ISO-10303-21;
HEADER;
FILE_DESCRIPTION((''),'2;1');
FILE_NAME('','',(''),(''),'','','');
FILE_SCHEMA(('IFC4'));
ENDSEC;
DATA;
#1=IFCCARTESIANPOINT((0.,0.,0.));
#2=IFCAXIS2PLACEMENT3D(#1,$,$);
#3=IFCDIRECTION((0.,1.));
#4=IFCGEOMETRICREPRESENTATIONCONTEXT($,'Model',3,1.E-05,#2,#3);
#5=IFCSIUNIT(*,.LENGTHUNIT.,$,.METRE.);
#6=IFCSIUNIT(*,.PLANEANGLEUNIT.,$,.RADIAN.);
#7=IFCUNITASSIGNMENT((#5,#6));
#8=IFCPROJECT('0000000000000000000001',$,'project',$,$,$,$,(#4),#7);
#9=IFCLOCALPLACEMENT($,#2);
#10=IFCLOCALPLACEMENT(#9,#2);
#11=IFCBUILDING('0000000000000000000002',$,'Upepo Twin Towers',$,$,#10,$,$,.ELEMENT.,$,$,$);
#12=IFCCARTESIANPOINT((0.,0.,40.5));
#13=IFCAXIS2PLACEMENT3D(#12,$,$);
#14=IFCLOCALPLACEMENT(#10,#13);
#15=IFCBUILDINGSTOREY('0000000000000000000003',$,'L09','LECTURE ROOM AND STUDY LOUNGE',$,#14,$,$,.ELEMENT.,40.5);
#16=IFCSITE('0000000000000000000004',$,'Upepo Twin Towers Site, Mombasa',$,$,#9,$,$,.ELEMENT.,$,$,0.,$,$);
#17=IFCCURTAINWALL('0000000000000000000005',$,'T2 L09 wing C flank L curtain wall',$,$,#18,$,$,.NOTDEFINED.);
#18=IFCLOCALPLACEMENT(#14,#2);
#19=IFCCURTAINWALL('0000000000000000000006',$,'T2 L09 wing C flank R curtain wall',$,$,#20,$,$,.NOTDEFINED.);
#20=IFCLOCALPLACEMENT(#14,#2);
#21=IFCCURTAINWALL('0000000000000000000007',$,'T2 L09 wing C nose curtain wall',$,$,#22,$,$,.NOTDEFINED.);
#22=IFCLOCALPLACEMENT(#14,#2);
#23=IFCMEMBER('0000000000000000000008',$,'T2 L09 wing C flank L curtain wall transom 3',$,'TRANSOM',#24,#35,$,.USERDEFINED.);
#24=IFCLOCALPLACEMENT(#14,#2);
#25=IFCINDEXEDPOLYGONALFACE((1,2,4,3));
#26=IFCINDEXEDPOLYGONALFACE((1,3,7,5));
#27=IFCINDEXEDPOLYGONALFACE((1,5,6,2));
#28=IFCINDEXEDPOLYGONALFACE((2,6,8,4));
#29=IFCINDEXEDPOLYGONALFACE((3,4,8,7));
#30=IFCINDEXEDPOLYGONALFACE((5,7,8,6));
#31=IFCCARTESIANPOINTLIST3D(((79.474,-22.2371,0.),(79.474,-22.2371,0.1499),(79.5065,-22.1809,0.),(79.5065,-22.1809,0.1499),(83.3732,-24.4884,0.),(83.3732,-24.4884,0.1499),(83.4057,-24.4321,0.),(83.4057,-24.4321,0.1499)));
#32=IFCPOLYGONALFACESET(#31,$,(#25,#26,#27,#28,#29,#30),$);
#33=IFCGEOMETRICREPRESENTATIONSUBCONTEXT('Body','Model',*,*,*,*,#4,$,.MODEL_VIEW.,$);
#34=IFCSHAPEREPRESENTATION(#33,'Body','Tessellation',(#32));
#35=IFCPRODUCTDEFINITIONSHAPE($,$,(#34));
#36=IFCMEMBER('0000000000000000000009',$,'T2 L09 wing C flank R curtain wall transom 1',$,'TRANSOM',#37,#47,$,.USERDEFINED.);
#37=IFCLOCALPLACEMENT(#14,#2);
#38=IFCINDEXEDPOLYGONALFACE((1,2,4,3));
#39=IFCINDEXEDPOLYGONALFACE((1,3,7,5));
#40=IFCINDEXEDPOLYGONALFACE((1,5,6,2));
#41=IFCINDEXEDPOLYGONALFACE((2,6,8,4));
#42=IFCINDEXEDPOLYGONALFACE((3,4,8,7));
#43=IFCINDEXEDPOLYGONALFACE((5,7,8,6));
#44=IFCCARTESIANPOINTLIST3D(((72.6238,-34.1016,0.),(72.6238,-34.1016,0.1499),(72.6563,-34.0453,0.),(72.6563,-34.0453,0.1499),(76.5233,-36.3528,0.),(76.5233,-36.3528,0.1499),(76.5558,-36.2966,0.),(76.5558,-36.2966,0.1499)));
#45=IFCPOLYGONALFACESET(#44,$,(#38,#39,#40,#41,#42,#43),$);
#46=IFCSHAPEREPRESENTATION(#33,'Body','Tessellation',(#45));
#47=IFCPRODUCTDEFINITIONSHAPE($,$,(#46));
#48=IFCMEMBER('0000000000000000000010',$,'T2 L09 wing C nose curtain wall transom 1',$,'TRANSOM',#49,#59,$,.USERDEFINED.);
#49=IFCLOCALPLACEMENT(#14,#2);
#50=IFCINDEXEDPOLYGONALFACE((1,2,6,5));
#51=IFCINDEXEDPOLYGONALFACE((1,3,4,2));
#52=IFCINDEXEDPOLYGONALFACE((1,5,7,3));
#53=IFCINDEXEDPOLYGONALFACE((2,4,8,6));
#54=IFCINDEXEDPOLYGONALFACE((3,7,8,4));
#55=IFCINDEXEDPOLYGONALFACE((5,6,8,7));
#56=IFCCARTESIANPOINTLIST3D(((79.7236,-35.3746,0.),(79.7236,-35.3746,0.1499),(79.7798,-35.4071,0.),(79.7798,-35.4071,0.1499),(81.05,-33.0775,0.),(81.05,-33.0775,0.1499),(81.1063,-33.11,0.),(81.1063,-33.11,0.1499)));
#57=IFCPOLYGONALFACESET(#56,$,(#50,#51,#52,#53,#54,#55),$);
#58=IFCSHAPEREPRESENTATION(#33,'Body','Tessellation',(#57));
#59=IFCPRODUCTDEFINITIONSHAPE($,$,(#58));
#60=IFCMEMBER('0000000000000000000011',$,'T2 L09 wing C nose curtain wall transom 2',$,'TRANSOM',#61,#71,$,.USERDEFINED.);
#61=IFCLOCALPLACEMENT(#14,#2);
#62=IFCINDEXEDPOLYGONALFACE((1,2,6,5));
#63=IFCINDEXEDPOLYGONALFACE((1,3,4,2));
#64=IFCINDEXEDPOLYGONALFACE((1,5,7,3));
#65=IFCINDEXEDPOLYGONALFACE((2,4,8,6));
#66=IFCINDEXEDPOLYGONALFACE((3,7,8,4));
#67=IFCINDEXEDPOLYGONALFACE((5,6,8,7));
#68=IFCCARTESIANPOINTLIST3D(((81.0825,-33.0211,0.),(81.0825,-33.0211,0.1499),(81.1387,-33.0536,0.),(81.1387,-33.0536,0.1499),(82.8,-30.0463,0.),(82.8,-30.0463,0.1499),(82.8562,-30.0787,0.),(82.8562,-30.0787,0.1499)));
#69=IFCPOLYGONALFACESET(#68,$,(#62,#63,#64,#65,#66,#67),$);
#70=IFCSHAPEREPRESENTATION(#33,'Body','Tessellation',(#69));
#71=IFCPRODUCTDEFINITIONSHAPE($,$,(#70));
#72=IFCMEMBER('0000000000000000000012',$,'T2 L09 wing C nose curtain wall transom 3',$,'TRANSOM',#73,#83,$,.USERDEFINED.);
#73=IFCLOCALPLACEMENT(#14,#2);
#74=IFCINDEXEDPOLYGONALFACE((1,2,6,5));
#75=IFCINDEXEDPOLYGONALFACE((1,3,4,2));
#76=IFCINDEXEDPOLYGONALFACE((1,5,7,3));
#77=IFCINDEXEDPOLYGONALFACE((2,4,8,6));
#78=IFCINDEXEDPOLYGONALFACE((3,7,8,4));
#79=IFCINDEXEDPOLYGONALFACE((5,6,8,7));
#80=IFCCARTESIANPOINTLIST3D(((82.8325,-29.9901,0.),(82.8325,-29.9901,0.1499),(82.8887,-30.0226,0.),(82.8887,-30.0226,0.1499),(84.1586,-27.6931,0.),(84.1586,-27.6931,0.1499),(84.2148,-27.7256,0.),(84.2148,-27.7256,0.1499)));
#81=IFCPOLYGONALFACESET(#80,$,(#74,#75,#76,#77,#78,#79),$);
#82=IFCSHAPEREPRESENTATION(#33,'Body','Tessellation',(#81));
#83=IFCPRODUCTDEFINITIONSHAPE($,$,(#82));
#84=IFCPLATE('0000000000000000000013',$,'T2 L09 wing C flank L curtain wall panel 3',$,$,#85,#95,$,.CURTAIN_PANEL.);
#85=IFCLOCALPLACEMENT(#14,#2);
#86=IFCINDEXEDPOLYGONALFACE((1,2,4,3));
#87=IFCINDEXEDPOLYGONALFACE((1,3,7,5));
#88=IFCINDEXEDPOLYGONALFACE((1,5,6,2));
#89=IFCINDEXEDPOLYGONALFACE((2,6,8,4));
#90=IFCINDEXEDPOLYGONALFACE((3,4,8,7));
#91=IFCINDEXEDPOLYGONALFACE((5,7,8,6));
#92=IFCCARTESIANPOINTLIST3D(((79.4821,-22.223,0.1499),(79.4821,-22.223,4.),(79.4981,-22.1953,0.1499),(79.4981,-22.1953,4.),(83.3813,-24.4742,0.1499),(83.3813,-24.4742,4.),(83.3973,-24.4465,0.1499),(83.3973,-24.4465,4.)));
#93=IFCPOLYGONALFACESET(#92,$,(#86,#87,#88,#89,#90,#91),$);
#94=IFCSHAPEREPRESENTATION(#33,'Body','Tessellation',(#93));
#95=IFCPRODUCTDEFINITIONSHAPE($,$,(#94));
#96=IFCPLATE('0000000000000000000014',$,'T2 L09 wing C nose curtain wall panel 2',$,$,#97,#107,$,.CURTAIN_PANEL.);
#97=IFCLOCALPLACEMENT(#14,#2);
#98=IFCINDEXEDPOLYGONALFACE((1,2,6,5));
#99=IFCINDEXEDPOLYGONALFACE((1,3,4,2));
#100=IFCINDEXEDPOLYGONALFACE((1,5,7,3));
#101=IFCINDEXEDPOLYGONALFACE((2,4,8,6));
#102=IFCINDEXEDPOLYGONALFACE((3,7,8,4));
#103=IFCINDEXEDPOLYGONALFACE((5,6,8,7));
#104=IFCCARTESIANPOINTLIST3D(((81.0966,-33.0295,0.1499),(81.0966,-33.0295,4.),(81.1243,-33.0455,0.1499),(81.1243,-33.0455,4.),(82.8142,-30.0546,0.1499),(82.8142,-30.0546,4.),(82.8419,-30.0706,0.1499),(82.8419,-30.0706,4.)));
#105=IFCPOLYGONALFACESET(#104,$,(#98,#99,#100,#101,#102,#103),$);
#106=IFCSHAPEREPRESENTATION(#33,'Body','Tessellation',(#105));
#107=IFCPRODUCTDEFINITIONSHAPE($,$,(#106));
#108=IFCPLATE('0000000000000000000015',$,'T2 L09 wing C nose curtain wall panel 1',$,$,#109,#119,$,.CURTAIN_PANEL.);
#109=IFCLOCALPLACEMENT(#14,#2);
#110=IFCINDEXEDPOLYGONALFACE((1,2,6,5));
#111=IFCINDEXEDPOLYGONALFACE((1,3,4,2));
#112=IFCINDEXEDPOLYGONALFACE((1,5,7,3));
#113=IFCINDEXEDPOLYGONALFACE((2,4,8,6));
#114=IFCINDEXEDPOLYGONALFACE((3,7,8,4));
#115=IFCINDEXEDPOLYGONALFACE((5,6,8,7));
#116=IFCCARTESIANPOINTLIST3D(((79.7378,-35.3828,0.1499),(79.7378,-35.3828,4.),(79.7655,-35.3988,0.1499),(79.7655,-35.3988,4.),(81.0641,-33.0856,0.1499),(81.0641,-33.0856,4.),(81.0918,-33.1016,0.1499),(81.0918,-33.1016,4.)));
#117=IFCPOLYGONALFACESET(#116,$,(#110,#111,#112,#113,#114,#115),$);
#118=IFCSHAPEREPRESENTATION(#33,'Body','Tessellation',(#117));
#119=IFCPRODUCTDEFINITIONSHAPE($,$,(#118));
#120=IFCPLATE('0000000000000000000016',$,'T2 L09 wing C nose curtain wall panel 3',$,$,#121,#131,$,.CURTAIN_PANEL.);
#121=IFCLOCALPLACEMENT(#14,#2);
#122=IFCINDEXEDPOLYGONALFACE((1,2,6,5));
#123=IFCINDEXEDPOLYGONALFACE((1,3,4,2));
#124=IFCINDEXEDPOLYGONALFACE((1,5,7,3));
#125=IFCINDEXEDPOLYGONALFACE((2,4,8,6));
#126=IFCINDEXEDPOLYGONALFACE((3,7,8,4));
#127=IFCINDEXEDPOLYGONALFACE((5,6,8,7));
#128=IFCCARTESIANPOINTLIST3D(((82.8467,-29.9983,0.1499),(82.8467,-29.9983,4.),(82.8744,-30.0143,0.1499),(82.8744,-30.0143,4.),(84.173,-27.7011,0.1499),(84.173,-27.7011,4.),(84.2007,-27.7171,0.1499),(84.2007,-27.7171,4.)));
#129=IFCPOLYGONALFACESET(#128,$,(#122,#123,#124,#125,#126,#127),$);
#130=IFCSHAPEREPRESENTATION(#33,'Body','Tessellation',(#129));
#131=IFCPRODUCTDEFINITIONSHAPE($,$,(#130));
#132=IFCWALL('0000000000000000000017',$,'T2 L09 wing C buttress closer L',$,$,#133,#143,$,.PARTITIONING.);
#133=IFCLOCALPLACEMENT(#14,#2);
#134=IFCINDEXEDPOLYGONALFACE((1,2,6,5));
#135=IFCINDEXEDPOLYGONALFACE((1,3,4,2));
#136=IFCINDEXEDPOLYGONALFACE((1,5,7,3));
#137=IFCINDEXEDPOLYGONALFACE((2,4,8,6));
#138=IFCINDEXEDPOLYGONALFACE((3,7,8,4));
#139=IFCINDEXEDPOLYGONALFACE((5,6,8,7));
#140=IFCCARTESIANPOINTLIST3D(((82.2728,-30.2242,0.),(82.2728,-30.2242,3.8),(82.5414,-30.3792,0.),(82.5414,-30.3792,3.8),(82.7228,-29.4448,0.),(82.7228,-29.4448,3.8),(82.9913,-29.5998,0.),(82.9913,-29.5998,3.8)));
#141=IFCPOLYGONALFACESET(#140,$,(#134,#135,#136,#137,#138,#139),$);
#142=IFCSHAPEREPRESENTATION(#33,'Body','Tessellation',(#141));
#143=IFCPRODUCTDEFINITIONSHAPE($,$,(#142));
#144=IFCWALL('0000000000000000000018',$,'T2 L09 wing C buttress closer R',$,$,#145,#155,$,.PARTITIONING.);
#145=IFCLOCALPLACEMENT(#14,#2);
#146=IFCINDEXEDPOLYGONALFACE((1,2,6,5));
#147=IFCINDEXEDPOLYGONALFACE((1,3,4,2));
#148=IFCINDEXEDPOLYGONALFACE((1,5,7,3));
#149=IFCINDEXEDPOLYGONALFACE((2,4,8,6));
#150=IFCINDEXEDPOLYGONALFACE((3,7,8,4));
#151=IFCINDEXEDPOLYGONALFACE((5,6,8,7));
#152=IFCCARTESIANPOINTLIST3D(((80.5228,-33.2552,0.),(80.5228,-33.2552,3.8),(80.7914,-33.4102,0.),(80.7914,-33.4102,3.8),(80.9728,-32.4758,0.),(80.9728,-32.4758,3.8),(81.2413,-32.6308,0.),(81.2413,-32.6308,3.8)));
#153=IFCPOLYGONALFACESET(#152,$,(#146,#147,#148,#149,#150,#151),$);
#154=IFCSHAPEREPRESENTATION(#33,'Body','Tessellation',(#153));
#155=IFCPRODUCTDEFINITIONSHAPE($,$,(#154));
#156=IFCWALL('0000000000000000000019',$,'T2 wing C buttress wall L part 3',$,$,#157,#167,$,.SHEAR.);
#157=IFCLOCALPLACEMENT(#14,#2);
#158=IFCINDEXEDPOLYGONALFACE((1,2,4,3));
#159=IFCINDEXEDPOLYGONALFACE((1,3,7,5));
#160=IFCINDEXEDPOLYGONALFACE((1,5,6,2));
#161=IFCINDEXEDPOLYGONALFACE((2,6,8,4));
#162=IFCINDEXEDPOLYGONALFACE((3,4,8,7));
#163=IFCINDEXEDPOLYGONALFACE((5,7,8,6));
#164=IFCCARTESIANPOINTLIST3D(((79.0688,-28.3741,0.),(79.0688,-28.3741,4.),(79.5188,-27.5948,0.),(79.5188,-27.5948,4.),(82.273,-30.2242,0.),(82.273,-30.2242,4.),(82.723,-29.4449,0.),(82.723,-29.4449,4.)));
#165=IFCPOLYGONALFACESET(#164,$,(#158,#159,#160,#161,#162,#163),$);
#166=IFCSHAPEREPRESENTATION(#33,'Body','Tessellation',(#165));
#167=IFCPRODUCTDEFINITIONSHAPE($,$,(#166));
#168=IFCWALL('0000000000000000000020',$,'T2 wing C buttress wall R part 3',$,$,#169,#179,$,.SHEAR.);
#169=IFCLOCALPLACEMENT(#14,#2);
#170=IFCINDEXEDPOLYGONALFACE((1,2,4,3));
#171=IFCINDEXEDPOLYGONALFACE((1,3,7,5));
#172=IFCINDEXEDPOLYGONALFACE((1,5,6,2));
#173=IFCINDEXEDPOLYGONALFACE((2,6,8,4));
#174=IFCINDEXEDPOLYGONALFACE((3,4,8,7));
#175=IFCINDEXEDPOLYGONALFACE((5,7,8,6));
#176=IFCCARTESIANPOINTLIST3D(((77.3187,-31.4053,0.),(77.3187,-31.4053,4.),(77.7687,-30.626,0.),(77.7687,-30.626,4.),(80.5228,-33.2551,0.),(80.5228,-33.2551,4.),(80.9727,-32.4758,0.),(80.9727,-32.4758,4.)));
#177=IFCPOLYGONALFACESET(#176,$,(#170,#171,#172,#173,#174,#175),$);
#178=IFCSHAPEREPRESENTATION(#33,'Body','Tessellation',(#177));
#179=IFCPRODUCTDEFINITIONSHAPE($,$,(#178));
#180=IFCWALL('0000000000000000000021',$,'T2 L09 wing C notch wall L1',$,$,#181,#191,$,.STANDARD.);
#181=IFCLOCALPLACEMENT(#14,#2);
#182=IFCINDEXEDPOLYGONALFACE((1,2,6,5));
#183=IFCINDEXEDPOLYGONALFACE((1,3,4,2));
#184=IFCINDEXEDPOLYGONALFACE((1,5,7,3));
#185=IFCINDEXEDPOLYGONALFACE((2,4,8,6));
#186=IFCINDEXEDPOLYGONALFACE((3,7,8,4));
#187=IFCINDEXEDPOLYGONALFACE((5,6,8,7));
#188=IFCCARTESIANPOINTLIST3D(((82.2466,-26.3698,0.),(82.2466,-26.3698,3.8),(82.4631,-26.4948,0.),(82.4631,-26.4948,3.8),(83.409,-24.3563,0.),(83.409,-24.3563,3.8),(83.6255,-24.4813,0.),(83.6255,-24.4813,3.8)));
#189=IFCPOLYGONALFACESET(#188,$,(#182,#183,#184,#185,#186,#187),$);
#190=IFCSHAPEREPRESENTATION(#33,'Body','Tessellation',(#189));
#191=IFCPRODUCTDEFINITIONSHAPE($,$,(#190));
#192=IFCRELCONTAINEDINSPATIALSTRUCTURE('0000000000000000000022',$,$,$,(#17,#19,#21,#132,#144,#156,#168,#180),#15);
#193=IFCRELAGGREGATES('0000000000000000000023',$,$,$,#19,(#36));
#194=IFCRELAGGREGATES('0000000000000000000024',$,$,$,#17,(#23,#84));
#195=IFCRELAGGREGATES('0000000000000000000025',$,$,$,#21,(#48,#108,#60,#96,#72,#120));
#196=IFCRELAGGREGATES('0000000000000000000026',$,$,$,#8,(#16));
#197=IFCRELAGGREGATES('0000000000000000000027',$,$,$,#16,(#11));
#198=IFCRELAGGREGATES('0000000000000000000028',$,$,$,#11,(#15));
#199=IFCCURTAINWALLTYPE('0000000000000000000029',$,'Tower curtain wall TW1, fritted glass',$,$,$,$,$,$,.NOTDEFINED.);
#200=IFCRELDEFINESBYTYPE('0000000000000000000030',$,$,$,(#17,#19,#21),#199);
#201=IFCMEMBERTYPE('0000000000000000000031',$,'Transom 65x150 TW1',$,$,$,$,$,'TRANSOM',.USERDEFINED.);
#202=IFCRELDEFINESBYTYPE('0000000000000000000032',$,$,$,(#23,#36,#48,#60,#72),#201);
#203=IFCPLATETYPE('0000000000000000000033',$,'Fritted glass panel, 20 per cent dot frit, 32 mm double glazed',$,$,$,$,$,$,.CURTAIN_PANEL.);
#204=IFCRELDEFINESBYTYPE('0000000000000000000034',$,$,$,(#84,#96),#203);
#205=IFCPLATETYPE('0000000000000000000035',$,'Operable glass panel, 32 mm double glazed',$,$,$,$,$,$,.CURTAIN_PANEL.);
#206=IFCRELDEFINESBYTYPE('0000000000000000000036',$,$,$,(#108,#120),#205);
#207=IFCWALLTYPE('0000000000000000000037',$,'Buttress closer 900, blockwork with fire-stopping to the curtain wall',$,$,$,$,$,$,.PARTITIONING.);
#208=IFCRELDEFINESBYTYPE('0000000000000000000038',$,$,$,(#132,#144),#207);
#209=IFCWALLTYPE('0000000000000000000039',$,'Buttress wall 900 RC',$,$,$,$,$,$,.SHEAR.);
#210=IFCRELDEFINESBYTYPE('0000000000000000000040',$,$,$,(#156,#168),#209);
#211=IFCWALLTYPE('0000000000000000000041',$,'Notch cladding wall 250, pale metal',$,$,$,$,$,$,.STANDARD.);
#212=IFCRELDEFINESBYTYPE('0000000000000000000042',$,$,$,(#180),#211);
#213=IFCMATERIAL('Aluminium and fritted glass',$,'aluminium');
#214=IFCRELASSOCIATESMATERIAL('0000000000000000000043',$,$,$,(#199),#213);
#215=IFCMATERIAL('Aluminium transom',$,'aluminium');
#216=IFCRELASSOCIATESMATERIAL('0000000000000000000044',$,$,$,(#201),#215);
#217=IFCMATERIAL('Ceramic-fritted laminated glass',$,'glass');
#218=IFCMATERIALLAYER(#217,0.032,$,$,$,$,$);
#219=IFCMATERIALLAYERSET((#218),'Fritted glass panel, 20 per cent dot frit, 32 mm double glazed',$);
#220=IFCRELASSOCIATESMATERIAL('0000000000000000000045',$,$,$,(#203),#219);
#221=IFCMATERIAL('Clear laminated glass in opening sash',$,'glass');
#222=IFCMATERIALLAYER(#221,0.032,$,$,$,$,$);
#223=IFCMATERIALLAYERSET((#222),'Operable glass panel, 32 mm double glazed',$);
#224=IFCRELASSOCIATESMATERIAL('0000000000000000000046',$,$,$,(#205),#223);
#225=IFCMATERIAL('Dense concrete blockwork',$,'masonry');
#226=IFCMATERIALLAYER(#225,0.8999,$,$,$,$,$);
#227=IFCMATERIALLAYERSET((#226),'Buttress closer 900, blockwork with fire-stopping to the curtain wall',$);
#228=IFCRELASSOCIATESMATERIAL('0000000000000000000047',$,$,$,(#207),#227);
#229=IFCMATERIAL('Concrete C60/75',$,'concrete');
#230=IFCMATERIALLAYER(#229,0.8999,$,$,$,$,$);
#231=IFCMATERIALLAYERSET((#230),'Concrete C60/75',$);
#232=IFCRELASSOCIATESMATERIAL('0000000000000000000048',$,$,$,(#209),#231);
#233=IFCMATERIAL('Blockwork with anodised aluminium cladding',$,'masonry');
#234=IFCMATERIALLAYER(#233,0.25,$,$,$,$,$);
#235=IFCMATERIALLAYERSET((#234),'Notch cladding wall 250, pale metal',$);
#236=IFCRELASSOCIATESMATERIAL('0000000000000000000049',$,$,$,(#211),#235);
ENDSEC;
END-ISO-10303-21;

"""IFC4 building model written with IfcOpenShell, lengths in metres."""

from ifc_helpers import new_model, si_unit, direction, frame, frame_2d, origin, origin_2d, place, context, subcontext, project, spatial, rectangle, extrude, material, layer, layer_set, material_profile, profile_set, type_object, element, aggregate, save


model = new_model("IFC4")

# Units and contexts
model_context = context("Model", 3, precision=1e-05, world=origin(), true_north=direction((0.0, 1.0)))
body_context = subcontext(model_context, "Body", "Model", "MODEL_VIEW")
ifc_project = project(units=[si_unit("LENGTHUNIT", "METRE"), si_unit("PLANEANGLEUNIT", "RADIAN")], contexts=[model_context])

# Site, building, storey
site_placement = place(None, origin())
site = spatial("IfcSite", under=ifc_project, at=site_placement, Name="Upepo Twin Towers Site, Mombasa", CompositionType="ELEMENT", RefElevation=0.0)
building_placement = place(site_placement, origin())
building = spatial("IfcBuilding", under=site, at=building_placement, Name="Upepo Twin Towers", CompositionType="ELEMENT")
storey_placement = place(building_placement, frame((0.0, 0.0, 40.5)))
storey = spatial("IfcBuildingStorey", under=building, at=storey_placement, Name="L09", Description="LECTURE ROOM AND STUDY LOUNGE", CompositionType="ELEMENT", Elevation=40.5)

# Curtain wall
ifc_material_1 = material(Name="Aluminium and fritted glass", Category="aluminium")
curtain_wall_type = type_object("IfcCurtainWallType", Name="Tower curtain wall TW1, fritted glass", PredefinedType="NOTDEFINED", material=ifc_material_1)
curtain_wall_1_placement = place(storey_placement, origin())
curtain_wall_1 = element("IfcCurtainWall", 1, at=curtain_wall_1_placement, inside=storey, type_object=curtain_wall_type, Name="T2 L09 wing C flank L curtain wall", PredefinedType="NOTDEFINED")

# Curtain wall
curtain_wall_2_placement = place(storey_placement, origin())
curtain_wall_2 = element("IfcCurtainWall", 2, at=curtain_wall_2_placement, inside=storey, type_object=curtain_wall_type, Name="T2 L09 wing C flank R curtain wall", PredefinedType="NOTDEFINED")

# Curtain wall
curtain_wall_3_placement = place(storey_placement, origin())
curtain_wall_3 = element("IfcCurtainWall", 3, at=curtain_wall_3_placement, inside=storey, type_object=curtain_wall_type, Name="T2 L09 wing C nose curtain wall", PredefinedType="NOTDEFINED")

# Members
ifc_material_2 = material(Name="Aluminium transom", Category="aluminium")
ifc_material_profile_1 = material_profile(ifc_material_2, rectangle(XDim=0.0649, YDim=0.1499, at=origin_2d()), Name="TRANSOM 65x150")
ifc_profile_set_1 = profile_set([ifc_material_profile_1], Name="Aluminium transom")
member_type_1 = type_object("IfcMemberType", Name="Transom 65x150 TW1", ElementType="TRANSOM", PredefinedType="USERDEFINED", material=ifc_profile_set_1)
member_1_placement = place(storey_placement, frame((79.4902, -22.209, 0.075), z_axis=(0.866022, -0.500006, 0.0), x_axis=(0.500006, 0.866022, 0.0)))
member_1 = element("IfcMember", 4, at=member_1_placement, type_object=member_type_1, Name="T2 L09 wing C flank L curtain wall transom 3", ObjectType="TRANSOM", PredefinedType="USERDEFINED", context=body_context, shape_type="SweptSolid", body=[
    extrude(rectangle(XDim=0.0649, YDim=0.1499, at=origin_2d()), origin(), (0.0, 0.0, 1.0), 4.5024),
])
member_2_placement = place(storey_placement, frame((76.5396, -36.3247, 0.075), z_axis=(-0.866036, 0.499982, 0.0), x_axis=(-0.499982, -0.866036, 0.0)))
member_2 = element("IfcMember", 5, at=member_2_placement, type_object=member_type_1, Name="T2 L09 wing C flank R curtain wall transom 1", ObjectType="TRANSOM", PredefinedType="USERDEFINED", context=body_context, shape_type="SweptSolid", body=[
    extrude(rectangle(XDim=0.0649, YDim=0.1499, at=origin_2d()), origin(), (0.0, 0.0, 1.0), 4.5027),
])
aggregate(curtain_wall_2, [member_2])
member_3_placement = place(storey_placement, frame((79.7517, -35.3909, 0.075), z_axis=(0.500049, 0.865997, 0.0), x_axis=(-0.865997, 0.500049, 0.0)))
member_3 = element("IfcMember", 6, at=member_3_placement, type_object=member_type_1, Name="T2 L09 wing C nose curtain wall transom 1", ObjectType="TRANSOM", PredefinedType="USERDEFINED", context=body_context, shape_type="SweptSolid", body=[
    extrude(rectangle(XDim=0.0649, YDim=0.1499, at=origin_2d()), origin(), (0.0, 0.0, 1.0), 2.6526),
])
member_4_placement = place(storey_placement, frame((81.1106, -33.0374, 0.075), z_axis=(0.499999, 0.866026, 0.0), x_axis=(-0.866026, 0.499999, 0.0)))
member_4 = element("IfcMember", 7, at=member_4_placement, type_object=member_type_1, Name="T2 L09 wing C nose curtain wall transom 2", ObjectType="TRANSOM", PredefinedType="USERDEFINED", context=body_context, shape_type="SweptSolid", body=[
    extrude(rectangle(XDim=0.0649, YDim=0.1499, at=origin_2d()), origin(), (0.0, 0.0, 1.0), 3.4351),
])
member_5_placement = place(storey_placement, frame((82.8606, -30.0063, 0.075), z_axis=(0.49998, 0.866037, 0.0), x_axis=(-0.866037, 0.49998, 0.0)))
member_5 = element("IfcMember", 8, at=member_5_placement, type_object=member_type_1, Name="T2 L09 wing C nose curtain wall transom 3", ObjectType="TRANSOM", PredefinedType="USERDEFINED", context=body_context, shape_type="SweptSolid", body=[
    extrude(rectangle(XDim=0.0649, YDim=0.1499, at=origin_2d()), origin(), (0.0, 0.0, 1.0), 2.6523),
])

# Plates
ifc_material_3 = material(Name="Ceramic-fritted laminated glass", Category="glass")
ifc_layer_1 = layer(ifc_material_3, 0.032)
ifc_layer_set_1 = layer_set([ifc_layer_1], Name="Fritted glass panel, 20 per cent dot frit, 32 mm double glazed")
plate_type_1 = type_object("IfcPlateType", Name="Fritted glass panel, 20 per cent dot frit, 32 mm double glazed", PredefinedType="CURTAIN_PANEL", material=ifc_layer_set_1)
plate_1_placement = place(storey_placement, frame((81.4397, -23.3347, 0.1499), z_axis=(0.0, 0.0, 1.0), x_axis=(0.866025, -0.5, 0.0)))
plate_1 = element("IfcPlate", 9, at=plate_1_placement, type_object=plate_type_1, Name="T2 L09 wing C flank L curtain wall panel 3", PredefinedType="CURTAIN_PANEL", context=body_context, shape_type="SweptSolid", body=[
    extrude(rectangle(XDim=4.5024, YDim=0.032, at=origin_2d()), origin(), (0.0, 0.0, 1.0), 3.8501),
])
aggregate(curtain_wall_1, [member_1, plate_1])
plate_2_placement = place(storey_placement, frame((81.9692, -31.55, 0.1499), z_axis=(0.0, 0.0, 1.0), x_axis=(0.5, 0.866025, 0.0)))
plate_2 = element("IfcPlate", 10, at=plate_2_placement, type_object=plate_type_1, Name="T2 L09 wing C nose curtain wall panel 2", PredefinedType="CURTAIN_PANEL", context=body_context, shape_type="SweptSolid", body=[
    extrude(rectangle(XDim=3.4351, YDim=0.032, at=origin_2d()), origin(), (0.0, 0.0, 1.0), 3.8501),
])
ifc_material_4 = material(Name="Clear laminated glass in opening sash", Category="glass")
ifc_layer_2 = layer(ifc_material_4, 0.032)
ifc_layer_set_2 = layer_set([ifc_layer_2], Name="Operable glass panel, 32 mm double glazed")
plate_type_2 = type_object("IfcPlateType", Name="Operable glass panel, 32 mm double glazed", PredefinedType="CURTAIN_PANEL", material=ifc_layer_set_2)
plate_3_placement = place(storey_placement, frame((80.4148, -34.2422, 0.1499), z_axis=(0.0, 0.0, 1.0), x_axis=(0.5, 0.866025, 0.0)))
plate_3 = element("IfcPlate", 11, at=plate_3_placement, type_object=plate_type_2, Name="T2 L09 wing C nose curtain wall panel 1", PredefinedType="CURTAIN_PANEL", context=body_context, shape_type="SweptSolid", body=[
    extrude(rectangle(XDim=2.6526, YDim=0.032, at=origin_2d()), origin(), (0.0, 0.0, 1.0), 3.8501),
])
plate_4_placement = place(storey_placement, frame((83.5237, -28.8577, 0.1499), z_axis=(0.0, 0.0, 1.0), x_axis=(0.5, 0.866025, 0.0)))
plate_4 = element("IfcPlate", 12, at=plate_4_placement, type_object=plate_type_2, Name="T2 L09 wing C nose curtain wall panel 3", PredefinedType="CURTAIN_PANEL", context=body_context, shape_type="SweptSolid", body=[
    extrude(rectangle(XDim=2.6526, YDim=0.032, at=origin_2d()), origin(), (0.0, 0.0, 1.0), 3.8501),
])
aggregate(curtain_wall_3, [member_3, plate_3, member_4, plate_2, member_5, plate_4])

# Walls
ifc_material_5 = material(Name="Dense concrete blockwork", Category="masonry")
ifc_layer_3 = layer(ifc_material_5, 0.8999)
ifc_layer_set_3 = layer_set([ifc_layer_3], Name="Buttress closer 900, blockwork with fire-stopping to the curtain wall")
wall_type_1 = type_object("IfcWallType", Name="Buttress closer 900, blockwork with fire-stopping to the curtain wall", PredefinedType="PARTITIONING", material=ifc_layer_set_3)
for number, where, z_axis, x_axis, name in (
    (13, (82.4978, -29.8345, 0.0), (0.0, 0.0, 1.0), (0.866054, -0.49995, 0.0), "T2 L09 wing C buttress closer L"),
    (14, (80.7478, -32.8655, 0.0), (0.0, 0.0, 1.0), (0.866054, -0.49995, 0.0), "T2 L09 wing C buttress closer R"),
):
    element("IfcWall", number, at=place(storey_placement, frame(where, z_axis=z_axis, x_axis=x_axis)), inside=storey, type_object=wall_type_1, Name=name, PredefinedType="PARTITIONING", context=body_context, shape_type="SweptSolid", body=[
        extrude(rectangle(XDim=0.3101, YDim=0.8999, at=frame_2d((0.155, 0.0))), origin(), (0.0, 0.0, 1.0), 3.8),
    ])
ifc_material_6 = material(Name="Concrete C60/75", Category="concrete")
ifc_layer_4 = layer(ifc_material_6, 0.8999)
ifc_layer_set_4 = layer_set([ifc_layer_4], Name="Concrete C60/75")
wall_type_2 = type_object("IfcWallType", Name="Buttress wall 900 RC", PredefinedType="SHEAR", material=ifc_layer_set_4)
wall_1_placement = place(storey_placement, frame((79.2937, -27.9844, 0.0), z_axis=(0.0, 0.0, 1.0), x_axis=(0.866001, -0.500042, 0.0)))
element("IfcWall", 15, at=wall_1_placement, inside=storey, type_object=wall_type_2, Name="T2 wing C buttress wall L part 3", PredefinedType="SHEAR", context=body_context, shape_type="SweptSolid", body=[
    extrude(rectangle(XDim=3.7, YDim=0.8999, at=frame_2d((1.8501, 0.0))), origin(), (0.0, 0.0, 1.0), 4.0),
])
wall_2_placement = place(storey_placement, frame((77.5437, -31.0156, 0.0), z_axis=(0.0, 0.0, 1.0), x_axis=(0.86603, -0.499993, 0.0)))
element("IfcWall", 16, at=wall_2_placement, inside=storey, type_object=wall_type_2, Name="T2 wing C buttress wall R part 3", PredefinedType="SHEAR", context=body_context, shape_type="SweptSolid", body=[
    extrude(rectangle(XDim=3.6997, YDim=0.8999, at=frame_2d((1.8499, 0.0))), origin(), (0.0, 0.0, 1.0), 4.0),
])
ifc_material_7 = material(Name="Blockwork with anodised aluminium cladding", Category="masonry")
ifc_layer_5 = layer(ifc_material_7, 0.25)
ifc_layer_set_5 = layer_set([ifc_layer_5], Name="Notch cladding wall 250, pale metal")
wall_type_3 = type_object("IfcWallType", Name="Notch cladding wall 250, pale metal", PredefinedType="STANDARD", material=ifc_layer_set_5)
for number, where, z_axis, x_axis, name in (
    (17, (83.5173, -24.4187, 0.0), (0.0, 0.0, 1.0), (-0.499968, -0.866044, 0.0), "T2 L09 wing C notch wall L1"),
):
    element("IfcWall", number, at=place(storey_placement, frame(where, z_axis=z_axis, x_axis=x_axis)), inside=storey, type_object=wall_type_3, Name=name, PredefinedType="STANDARD", context=body_context, shape_type="SweptSolid", body=[
        extrude(rectangle(XDim=2.325, YDim=0.25, at=frame_2d((1.1626, 0.0))), origin(), (0.0, 0.0, 1.0), 3.8),
    ])

save(model, "model.ifc")
